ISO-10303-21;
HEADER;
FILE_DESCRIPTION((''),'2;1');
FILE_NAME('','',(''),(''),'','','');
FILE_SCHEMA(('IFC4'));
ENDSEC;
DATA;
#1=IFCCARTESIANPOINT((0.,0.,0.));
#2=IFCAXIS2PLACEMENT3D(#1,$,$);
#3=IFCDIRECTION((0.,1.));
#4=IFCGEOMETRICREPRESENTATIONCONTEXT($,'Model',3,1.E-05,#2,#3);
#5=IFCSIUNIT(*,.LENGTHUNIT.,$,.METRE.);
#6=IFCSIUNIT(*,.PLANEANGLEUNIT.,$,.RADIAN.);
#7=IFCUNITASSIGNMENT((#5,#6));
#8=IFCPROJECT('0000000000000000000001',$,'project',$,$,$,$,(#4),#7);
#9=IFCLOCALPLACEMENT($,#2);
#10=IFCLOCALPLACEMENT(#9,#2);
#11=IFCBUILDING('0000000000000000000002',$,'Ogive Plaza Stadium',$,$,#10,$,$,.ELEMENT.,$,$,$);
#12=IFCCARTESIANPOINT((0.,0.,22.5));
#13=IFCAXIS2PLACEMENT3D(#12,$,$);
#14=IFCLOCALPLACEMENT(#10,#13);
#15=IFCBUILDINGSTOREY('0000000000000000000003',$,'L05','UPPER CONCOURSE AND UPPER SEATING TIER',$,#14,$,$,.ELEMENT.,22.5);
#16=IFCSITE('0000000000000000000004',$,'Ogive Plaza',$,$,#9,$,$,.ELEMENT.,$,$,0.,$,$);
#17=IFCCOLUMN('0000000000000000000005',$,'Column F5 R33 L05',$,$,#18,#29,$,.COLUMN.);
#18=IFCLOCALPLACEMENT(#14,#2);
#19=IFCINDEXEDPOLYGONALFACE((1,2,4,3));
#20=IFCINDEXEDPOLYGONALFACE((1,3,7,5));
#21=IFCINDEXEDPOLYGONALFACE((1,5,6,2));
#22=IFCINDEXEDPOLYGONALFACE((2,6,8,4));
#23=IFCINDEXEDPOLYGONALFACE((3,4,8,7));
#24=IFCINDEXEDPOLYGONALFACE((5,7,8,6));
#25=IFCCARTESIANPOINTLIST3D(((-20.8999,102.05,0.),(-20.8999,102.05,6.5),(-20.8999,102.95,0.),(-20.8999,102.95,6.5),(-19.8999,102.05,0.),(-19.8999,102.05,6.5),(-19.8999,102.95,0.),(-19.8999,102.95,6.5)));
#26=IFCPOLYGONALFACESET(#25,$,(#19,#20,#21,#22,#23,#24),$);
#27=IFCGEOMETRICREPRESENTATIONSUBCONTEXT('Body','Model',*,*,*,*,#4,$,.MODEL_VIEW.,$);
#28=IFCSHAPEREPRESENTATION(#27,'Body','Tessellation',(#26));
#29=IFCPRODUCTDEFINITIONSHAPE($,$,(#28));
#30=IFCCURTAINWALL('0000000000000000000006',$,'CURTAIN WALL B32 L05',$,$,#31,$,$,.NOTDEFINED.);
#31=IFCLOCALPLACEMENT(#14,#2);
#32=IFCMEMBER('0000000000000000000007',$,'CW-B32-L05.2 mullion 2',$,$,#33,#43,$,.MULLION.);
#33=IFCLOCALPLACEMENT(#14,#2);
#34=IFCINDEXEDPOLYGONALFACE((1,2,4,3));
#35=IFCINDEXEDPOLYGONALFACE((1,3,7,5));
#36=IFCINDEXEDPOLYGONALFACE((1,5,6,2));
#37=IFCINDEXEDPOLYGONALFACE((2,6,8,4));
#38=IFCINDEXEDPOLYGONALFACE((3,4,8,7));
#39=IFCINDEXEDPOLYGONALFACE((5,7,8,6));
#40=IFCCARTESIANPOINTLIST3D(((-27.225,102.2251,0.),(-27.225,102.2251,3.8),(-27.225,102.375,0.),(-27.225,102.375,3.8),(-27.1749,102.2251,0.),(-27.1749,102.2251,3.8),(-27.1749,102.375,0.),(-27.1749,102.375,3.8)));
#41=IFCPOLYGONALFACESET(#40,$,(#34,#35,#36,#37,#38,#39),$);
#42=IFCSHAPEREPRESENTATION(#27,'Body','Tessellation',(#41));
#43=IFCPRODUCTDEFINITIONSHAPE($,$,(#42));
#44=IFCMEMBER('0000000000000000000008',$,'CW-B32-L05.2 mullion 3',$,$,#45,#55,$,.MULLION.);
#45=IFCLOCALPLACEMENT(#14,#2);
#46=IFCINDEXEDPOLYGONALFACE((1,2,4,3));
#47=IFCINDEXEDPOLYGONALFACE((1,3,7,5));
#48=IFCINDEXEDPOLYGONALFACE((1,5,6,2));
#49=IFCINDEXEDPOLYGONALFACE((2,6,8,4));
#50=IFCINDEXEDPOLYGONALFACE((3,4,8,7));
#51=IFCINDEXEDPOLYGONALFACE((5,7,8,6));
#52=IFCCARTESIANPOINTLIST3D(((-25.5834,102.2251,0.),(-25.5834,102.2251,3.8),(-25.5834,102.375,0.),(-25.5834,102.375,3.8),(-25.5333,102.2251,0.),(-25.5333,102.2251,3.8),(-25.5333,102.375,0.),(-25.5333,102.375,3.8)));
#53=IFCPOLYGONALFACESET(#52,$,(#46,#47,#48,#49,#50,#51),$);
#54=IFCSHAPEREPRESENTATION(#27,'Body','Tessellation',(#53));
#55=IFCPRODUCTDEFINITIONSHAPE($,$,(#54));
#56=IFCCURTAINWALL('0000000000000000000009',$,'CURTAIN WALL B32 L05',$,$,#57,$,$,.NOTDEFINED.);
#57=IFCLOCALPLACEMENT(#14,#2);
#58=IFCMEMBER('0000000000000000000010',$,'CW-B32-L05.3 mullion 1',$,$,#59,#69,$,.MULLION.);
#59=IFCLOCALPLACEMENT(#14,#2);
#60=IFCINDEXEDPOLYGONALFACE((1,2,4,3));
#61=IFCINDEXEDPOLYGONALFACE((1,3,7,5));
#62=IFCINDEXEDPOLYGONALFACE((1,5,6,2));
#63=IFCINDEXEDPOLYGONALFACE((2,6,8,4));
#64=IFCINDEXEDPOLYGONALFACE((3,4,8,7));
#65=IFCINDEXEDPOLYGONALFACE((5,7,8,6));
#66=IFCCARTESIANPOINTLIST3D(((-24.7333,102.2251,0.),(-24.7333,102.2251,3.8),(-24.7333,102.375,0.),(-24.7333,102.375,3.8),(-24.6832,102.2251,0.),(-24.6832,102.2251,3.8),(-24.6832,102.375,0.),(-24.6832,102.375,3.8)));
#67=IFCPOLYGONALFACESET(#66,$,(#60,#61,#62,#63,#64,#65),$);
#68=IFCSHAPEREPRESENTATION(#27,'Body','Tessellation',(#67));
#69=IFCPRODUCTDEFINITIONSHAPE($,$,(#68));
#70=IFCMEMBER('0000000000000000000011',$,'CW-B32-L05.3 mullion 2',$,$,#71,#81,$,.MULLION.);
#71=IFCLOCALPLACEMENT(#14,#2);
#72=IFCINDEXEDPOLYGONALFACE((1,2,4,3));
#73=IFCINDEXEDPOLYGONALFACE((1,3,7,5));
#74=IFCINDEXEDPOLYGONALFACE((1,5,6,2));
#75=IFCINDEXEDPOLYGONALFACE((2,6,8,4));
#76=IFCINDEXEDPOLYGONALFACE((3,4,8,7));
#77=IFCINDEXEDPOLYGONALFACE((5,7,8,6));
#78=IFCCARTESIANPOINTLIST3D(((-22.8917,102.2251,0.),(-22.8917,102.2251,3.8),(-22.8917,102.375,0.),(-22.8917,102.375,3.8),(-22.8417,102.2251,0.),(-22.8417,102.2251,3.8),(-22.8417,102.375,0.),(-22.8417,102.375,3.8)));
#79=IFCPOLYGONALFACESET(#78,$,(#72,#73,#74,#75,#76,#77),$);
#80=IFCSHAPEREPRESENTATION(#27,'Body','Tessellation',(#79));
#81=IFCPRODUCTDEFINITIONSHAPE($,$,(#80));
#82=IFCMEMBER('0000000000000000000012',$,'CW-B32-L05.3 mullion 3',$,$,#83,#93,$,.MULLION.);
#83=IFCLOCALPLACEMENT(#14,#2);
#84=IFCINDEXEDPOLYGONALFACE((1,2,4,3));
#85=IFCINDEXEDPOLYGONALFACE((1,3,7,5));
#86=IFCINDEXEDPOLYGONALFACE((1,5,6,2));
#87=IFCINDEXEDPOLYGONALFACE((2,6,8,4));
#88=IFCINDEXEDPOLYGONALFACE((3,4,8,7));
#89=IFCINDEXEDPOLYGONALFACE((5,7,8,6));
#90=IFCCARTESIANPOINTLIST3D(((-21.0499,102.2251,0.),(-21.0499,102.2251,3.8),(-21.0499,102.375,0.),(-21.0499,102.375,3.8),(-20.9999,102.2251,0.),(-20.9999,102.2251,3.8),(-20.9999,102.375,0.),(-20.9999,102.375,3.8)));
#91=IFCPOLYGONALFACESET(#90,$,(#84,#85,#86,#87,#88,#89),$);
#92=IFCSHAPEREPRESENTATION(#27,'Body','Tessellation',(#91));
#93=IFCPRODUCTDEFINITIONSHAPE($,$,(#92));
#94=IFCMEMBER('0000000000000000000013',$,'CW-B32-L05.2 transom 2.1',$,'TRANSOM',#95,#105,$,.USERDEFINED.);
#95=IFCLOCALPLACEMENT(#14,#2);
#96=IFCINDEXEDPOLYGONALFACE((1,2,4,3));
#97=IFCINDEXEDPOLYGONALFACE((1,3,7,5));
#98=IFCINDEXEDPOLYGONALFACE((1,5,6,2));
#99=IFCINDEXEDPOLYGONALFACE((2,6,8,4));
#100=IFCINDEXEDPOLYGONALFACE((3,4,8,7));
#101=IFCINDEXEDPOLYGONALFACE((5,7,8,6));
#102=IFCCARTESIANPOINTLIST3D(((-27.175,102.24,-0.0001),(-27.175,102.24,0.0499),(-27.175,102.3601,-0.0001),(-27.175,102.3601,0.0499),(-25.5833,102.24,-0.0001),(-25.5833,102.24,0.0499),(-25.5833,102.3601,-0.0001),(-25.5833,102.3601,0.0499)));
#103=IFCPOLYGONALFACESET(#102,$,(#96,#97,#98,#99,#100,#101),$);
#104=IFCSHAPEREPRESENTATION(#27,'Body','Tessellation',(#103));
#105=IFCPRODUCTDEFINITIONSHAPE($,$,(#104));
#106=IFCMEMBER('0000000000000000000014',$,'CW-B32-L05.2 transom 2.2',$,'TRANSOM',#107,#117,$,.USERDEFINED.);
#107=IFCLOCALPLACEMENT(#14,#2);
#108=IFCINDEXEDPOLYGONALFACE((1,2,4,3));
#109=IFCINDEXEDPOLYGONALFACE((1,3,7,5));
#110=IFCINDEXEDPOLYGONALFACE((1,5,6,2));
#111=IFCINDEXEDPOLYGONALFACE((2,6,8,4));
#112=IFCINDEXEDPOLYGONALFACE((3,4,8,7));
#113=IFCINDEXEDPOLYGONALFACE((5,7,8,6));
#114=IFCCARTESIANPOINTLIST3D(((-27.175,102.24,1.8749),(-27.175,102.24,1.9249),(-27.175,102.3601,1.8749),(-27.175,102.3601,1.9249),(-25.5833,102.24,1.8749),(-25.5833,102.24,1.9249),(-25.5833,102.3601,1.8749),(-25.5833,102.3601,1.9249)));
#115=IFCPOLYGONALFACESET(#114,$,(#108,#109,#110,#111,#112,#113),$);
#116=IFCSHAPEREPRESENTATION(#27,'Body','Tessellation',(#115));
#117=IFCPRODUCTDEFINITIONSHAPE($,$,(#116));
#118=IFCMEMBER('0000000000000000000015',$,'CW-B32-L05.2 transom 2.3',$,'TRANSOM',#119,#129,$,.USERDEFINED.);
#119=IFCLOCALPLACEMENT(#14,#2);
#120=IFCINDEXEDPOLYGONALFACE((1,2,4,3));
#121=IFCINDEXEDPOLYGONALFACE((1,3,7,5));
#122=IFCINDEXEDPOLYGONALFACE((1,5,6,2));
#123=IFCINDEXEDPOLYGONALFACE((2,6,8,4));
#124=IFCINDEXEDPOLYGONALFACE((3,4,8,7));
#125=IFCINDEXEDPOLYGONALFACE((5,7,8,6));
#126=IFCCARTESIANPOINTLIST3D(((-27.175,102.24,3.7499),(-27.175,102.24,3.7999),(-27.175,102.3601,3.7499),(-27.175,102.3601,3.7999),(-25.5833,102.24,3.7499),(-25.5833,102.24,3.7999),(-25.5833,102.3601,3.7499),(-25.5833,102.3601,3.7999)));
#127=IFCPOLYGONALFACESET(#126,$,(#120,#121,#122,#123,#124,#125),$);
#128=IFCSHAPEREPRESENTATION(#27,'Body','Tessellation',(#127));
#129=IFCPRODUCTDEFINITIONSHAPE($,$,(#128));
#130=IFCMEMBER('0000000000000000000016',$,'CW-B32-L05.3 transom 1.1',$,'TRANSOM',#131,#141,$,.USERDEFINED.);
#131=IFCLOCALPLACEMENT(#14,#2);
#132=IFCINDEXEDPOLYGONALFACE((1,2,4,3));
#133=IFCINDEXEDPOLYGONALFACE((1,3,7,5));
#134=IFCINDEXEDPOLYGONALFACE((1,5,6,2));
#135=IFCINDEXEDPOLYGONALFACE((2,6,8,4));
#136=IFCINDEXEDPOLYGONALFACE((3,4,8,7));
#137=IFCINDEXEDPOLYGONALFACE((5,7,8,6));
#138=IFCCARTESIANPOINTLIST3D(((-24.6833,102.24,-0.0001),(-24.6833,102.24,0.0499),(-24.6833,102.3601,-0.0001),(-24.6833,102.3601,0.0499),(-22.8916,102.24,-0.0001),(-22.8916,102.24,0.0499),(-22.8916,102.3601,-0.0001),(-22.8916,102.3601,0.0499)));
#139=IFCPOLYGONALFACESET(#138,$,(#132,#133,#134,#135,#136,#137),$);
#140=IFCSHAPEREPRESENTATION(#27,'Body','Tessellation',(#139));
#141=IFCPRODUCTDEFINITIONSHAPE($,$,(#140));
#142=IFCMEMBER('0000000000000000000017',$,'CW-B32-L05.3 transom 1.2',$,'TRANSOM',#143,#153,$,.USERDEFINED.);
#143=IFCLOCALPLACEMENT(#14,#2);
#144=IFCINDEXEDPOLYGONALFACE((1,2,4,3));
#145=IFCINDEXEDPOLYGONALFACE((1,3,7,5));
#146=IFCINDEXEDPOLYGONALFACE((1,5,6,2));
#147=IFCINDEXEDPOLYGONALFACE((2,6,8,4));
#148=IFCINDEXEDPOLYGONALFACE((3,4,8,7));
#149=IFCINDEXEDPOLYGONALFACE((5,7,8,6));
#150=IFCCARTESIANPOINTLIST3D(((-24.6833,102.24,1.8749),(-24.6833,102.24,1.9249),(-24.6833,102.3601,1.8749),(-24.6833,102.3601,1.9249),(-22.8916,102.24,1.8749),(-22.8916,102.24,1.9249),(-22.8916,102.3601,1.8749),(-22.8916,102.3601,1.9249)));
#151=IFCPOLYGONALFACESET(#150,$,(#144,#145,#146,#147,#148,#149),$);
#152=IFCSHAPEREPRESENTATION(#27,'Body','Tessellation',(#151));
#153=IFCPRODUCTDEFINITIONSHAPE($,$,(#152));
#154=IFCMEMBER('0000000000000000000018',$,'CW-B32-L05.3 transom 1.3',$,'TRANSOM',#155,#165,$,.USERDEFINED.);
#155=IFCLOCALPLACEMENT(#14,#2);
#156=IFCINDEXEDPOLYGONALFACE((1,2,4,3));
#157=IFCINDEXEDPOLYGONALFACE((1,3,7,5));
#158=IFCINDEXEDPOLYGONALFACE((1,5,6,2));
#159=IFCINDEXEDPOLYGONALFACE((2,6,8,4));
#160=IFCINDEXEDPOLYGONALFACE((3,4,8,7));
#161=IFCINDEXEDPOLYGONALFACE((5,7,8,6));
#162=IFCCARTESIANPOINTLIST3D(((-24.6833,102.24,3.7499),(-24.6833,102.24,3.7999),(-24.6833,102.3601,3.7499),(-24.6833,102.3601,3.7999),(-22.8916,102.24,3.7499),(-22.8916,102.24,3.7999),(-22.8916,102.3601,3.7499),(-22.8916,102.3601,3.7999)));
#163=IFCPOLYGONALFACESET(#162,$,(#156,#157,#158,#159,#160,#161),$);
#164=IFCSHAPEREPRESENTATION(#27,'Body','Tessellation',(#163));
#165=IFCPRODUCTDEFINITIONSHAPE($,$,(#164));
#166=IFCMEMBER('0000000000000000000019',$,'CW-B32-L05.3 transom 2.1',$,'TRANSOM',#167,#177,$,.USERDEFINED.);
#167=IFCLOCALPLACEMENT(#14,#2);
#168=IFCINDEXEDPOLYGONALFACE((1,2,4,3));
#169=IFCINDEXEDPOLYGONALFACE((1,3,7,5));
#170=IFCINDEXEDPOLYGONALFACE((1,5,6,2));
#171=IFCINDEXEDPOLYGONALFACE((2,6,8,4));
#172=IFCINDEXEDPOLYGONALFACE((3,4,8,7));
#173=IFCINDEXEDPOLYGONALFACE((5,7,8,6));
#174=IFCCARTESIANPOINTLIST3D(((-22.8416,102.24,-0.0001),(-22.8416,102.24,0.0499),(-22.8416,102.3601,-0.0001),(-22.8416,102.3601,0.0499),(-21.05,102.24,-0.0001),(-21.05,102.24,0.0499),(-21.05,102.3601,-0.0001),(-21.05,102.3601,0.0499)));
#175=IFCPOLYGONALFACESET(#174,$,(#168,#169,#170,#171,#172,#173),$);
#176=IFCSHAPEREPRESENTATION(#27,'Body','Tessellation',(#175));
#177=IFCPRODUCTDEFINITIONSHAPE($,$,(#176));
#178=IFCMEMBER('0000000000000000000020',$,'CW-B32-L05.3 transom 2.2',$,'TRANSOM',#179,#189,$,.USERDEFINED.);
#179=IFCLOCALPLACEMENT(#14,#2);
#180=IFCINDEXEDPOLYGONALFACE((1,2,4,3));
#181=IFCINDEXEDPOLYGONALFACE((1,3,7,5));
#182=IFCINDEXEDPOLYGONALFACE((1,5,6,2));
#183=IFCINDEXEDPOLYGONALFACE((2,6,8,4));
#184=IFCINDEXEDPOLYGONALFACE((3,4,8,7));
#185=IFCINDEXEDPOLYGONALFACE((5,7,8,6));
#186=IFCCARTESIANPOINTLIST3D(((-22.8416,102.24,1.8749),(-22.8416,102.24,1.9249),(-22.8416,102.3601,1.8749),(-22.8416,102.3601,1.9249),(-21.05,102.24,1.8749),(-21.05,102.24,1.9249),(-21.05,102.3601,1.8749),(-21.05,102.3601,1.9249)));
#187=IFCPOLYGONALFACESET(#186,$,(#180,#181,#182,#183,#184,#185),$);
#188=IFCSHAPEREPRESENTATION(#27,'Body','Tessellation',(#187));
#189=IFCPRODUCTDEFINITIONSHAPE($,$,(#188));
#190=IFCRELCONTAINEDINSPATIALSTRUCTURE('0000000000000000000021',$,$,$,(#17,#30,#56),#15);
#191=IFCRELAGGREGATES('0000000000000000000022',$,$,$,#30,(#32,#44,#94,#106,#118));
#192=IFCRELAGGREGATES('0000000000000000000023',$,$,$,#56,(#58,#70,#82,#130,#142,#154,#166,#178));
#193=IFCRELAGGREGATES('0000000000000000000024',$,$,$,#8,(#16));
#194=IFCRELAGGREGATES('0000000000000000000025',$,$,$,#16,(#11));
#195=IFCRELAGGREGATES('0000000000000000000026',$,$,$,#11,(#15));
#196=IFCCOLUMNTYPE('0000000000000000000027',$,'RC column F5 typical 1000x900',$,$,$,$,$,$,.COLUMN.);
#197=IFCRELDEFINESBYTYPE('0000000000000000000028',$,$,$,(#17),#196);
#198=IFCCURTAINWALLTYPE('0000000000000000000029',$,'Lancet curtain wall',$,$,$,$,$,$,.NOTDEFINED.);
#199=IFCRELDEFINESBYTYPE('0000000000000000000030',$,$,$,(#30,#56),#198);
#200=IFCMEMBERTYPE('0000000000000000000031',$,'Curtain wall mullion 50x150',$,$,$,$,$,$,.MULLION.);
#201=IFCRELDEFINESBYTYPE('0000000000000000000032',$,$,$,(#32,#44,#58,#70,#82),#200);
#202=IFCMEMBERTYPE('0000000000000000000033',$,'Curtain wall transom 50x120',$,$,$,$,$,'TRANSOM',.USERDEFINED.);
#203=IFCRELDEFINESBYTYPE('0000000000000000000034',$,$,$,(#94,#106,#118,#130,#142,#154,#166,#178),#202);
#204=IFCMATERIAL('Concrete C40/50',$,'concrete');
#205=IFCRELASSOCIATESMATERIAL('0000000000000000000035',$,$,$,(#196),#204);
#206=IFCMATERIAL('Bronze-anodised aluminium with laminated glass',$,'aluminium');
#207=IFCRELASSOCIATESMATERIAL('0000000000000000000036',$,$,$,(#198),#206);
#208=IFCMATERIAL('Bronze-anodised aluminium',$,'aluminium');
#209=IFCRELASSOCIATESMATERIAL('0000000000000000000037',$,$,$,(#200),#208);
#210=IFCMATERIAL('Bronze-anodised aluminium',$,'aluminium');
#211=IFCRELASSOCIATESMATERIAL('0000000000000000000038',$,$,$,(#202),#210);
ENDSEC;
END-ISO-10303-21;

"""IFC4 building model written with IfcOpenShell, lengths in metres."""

from ifc_helpers import new_model, si_unit, direction, frame, origin, origin_2d, place, context, subcontext, project, spatial, rectangle, extrude, material, material_profile, profile_set, type_object, element, aggregate, save


model = new_model("IFC4")

# Units and contexts
model_context = context("Model", 3, precision=1e-05, world=origin(), true_north=direction((0.0, 1.0)))
body_context = subcontext(model_context, "Body", "Model", "MODEL_VIEW")
ifc_project = project(units=[si_unit("LENGTHUNIT", "METRE"), si_unit("PLANEANGLEUNIT", "RADIAN")], contexts=[model_context])

# Site, building, storey
site_placement = place(None, origin())
site = spatial("IfcSite", under=ifc_project, at=site_placement, Name="Ogive Plaza", CompositionType="ELEMENT", RefElevation=0.0)
building_placement = place(site_placement, origin())
building = spatial("IfcBuilding", under=site, at=building_placement, Name="Ogive Plaza Stadium", CompositionType="ELEMENT")
storey_placement = place(building_placement, frame((0.0, 0.0, 22.5)))
storey = spatial("IfcBuildingStorey", under=building, at=storey_placement, Name="L05", Description="UPPER CONCOURSE AND UPPER SEATING TIER", CompositionType="ELEMENT", Elevation=22.5)

# Column
ifc_material_1 = material(Name="Concrete C40/50", Category="concrete")
ifc_material_profile_1 = material_profile(ifc_material_1, rectangle(XDim=1.0, YDim=0.8999, at=origin_2d()), Name="RC 1000x900")
ifc_profile_set_1 = profile_set([ifc_material_profile_1], Name="Concrete C40/50")
column_type = type_object("IfcColumnType", Name="RC column F5 typical 1000x900", PredefinedType="COLUMN", material=ifc_profile_set_1)
column_placement = place(storey_placement, frame((-20.3999, 102.5, 0.0), z_axis=(0.0, 0.0, 1.0), x_axis=(-1.0, 0.0, 0.0)))
element("IfcColumn", 1, at=column_placement, inside=storey, type_object=column_type, Name="Column F5 R33 L05", PredefinedType="COLUMN", context=body_context, shape_type="SweptSolid", body=[
    extrude(rectangle(XDim=1.0, YDim=0.8999, at=origin_2d()), origin(), (0.0, 0.0, 1.0), 6.5),
])

# Curtain walls, members
ifc_material_2 = material(Name="Bronze-anodised aluminium with laminated glass", Category="aluminium")
curtain_wall_type = type_object("IfcCurtainWallType", Name="Lancet curtain wall", PredefinedType="NOTDEFINED", material=ifc_material_2)
curtain_wall_1_placement = place(storey_placement, origin())
curtain_wall_1 = element("IfcCurtainWall", 2, at=curtain_wall_1_placement, inside=storey, type_object=curtain_wall_type, Name="CURTAIN WALL B32 L05", PredefinedType="NOTDEFINED")
ifc_material_3 = material(Name="Bronze-anodised aluminium", Category="aluminium")
ifc_material_profile_2 = material_profile(ifc_material_3, rectangle(XDim=0.1499, YDim=0.05, at=origin_2d()), Name="AL 150x50")
ifc_profile_set_2 = profile_set([ifc_material_profile_2], Name="Bronze-anodised aluminium")
member_type_1 = type_object("IfcMemberType", Name="Curtain wall mullion 50x150", PredefinedType="MULLION", material=ifc_profile_set_2)
member_1_placement = place(storey_placement, frame((-27.2, 102.3, 0.0), z_axis=(0.0, 0.0, 1.0), x_axis=(0.0, 1.0, 0.0)))
member_1 = element("IfcMember", 3, at=member_1_placement, type_object=member_type_1, Name="CW-B32-L05.2 mullion 2", PredefinedType="MULLION", context=body_context, shape_type="SweptSolid", body=[
    extrude(rectangle(XDim=0.1499, YDim=0.05, at=origin_2d()), origin(), (0.0, 0.0, 1.0), 3.8),
])
member_2_placement = place(storey_placement, frame((-25.5583, 102.3, 0.0), z_axis=(0.0, 0.0, 1.0), x_axis=(0.0, 1.0, 0.0)))
member_2 = element("IfcMember", 4, at=member_2_placement, type_object=member_type_1, Name="CW-B32-L05.2 mullion 3", PredefinedType="MULLION", context=body_context, shape_type="SweptSolid", body=[
    extrude(rectangle(XDim=0.1499, YDim=0.05, at=origin_2d()), origin(), (0.0, 0.0, 1.0), 3.8),
])
curtain_wall_2_placement = place(storey_placement, origin())
curtain_wall_2 = element("IfcCurtainWall", 5, at=curtain_wall_2_placement, inside=storey, type_object=curtain_wall_type, Name="CURTAIN WALL B32 L05", PredefinedType="NOTDEFINED")
member_3_placement = place(storey_placement, frame((-24.7083, 102.3, 0.0), z_axis=(0.0, 0.0, 1.0), x_axis=(0.0, 1.0, 0.0)))
member_3 = element("IfcMember", 6, at=member_3_placement, type_object=member_type_1, Name="CW-B32-L05.3 mullion 1", PredefinedType="MULLION", context=body_context, shape_type="SweptSolid", body=[
    extrude(rectangle(XDim=0.1499, YDim=0.05, at=origin_2d()), origin(), (0.0, 0.0, 1.0), 3.8),
])
member_4_placement = place(storey_placement, frame((-22.8667, 102.3, 0.0), z_axis=(0.0, 0.0, 1.0), x_axis=(0.0, 1.0, 0.0)))
member_4 = element("IfcMember", 7, at=member_4_placement, type_object=member_type_1, Name="CW-B32-L05.3 mullion 2", PredefinedType="MULLION", context=body_context, shape_type="SweptSolid", body=[
    extrude(rectangle(XDim=0.1499, YDim=0.05, at=origin_2d()), origin(), (0.0, 0.0, 1.0), 3.8),
])
member_5_placement = place(storey_placement, frame((-21.0249, 102.3, 0.0), z_axis=(0.0, 0.0, 1.0), x_axis=(0.0, 1.0, 0.0)))
member_5 = element("IfcMember", 8, at=member_5_placement, type_object=member_type_1, Name="CW-B32-L05.3 mullion 3", PredefinedType="MULLION", context=body_context, shape_type="SweptSolid", body=[
    extrude(rectangle(XDim=0.1499, YDim=0.05, at=origin_2d()), origin(), (0.0, 0.0, 1.0), 3.8),
])

# Members
ifc_material_4 = material(Name="Bronze-anodised aluminium", Category="aluminium")
ifc_material_profile_3 = material_profile(ifc_material_4, rectangle(XDim=0.1201, YDim=0.05, at=origin_2d()), Name="AL 120x50")
ifc_profile_set_3 = profile_set([ifc_material_profile_3], Name="Bronze-anodised aluminium")
member_type_2 = type_object("IfcMemberType", Name="Curtain wall transom 50x120", ElementType="TRANSOM", PredefinedType="USERDEFINED", material=ifc_profile_set_3)
member_6_placement = place(storey_placement, frame((-27.175, 102.3, 0.0249), z_axis=(1.0, 0.0, 0.0), x_axis=(0.0, 1.0, 0.0)))
member_6 = element("IfcMember", 9, at=member_6_placement, type_object=member_type_2, Name="CW-B32-L05.2 transom 2.1", ObjectType="TRANSOM", PredefinedType="USERDEFINED", context=body_context, shape_type="SweptSolid", body=[
    extrude(rectangle(XDim=0.1201, YDim=0.05, at=origin_2d()), origin(), (0.0, 0.0, 1.0), 1.5918),
])
member_7_placement = place(storey_placement, frame((-27.175, 102.3, 1.8999), z_axis=(1.0, 0.0, 0.0), x_axis=(0.0, 1.0, 0.0)))
member_7 = element("IfcMember", 10, at=member_7_placement, type_object=member_type_2, Name="CW-B32-L05.2 transom 2.2", ObjectType="TRANSOM", PredefinedType="USERDEFINED", context=body_context, shape_type="SweptSolid", body=[
    extrude(rectangle(XDim=0.1201, YDim=0.05, at=origin_2d()), origin(), (0.0, 0.0, 1.0), 1.5918),
])
member_8_placement = place(storey_placement, frame((-27.175, 102.3, 3.7749), z_axis=(1.0, 0.0, 0.0), x_axis=(0.0, 1.0, 0.0)))
member_8 = element("IfcMember", 11, at=member_8_placement, type_object=member_type_2, Name="CW-B32-L05.2 transom 2.3", ObjectType="TRANSOM", PredefinedType="USERDEFINED", context=body_context, shape_type="SweptSolid", body=[
    extrude(rectangle(XDim=0.1201, YDim=0.05, at=origin_2d()), origin(), (0.0, 0.0, 1.0), 1.5918),
])
member_9_placement = place(storey_placement, frame((-24.6833, 102.3, 0.0249), z_axis=(1.0, 0.0, 0.0), x_axis=(0.0, 1.0, 0.0)))
member_9 = element("IfcMember", 12, at=member_9_placement, type_object=member_type_2, Name="CW-B32-L05.3 transom 1.1", ObjectType="TRANSOM", PredefinedType="USERDEFINED", context=body_context, shape_type="SweptSolid", body=[
    extrude(rectangle(XDim=0.1201, YDim=0.05, at=origin_2d()), origin(), (0.0, 0.0, 1.0), 1.7917),
])
member_10_placement = place(storey_placement, frame((-24.6833, 102.3, 1.8999), z_axis=(1.0, 0.0, 0.0), x_axis=(0.0, 1.0, 0.0)))
member_10 = element("IfcMember", 13, at=member_10_placement, type_object=member_type_2, Name="CW-B32-L05.3 transom 1.2", ObjectType="TRANSOM", PredefinedType="USERDEFINED", context=body_context, shape_type="SweptSolid", body=[
    extrude(rectangle(XDim=0.1201, YDim=0.05, at=origin_2d()), origin(), (0.0, 0.0, 1.0), 1.7917),
])
member_11_placement = place(storey_placement, frame((-24.6833, 102.3, 3.7749), z_axis=(1.0, 0.0, 0.0), x_axis=(0.0, 1.0, 0.0)))
member_11 = element("IfcMember", 14, at=member_11_placement, type_object=member_type_2, Name="CW-B32-L05.3 transom 1.3", ObjectType="TRANSOM", PredefinedType="USERDEFINED", context=body_context, shape_type="SweptSolid", body=[
    extrude(rectangle(XDim=0.1201, YDim=0.05, at=origin_2d()), origin(), (0.0, 0.0, 1.0), 1.7917),
])
member_12_placement = place(storey_placement, frame((-22.8416, 102.3, 0.0249), z_axis=(1.0, 0.0, 0.0), x_axis=(0.0, 1.0, 0.0)))
member_12 = element("IfcMember", 15, at=member_12_placement, type_object=member_type_2, Name="CW-B32-L05.3 transom 2.1", ObjectType="TRANSOM", PredefinedType="USERDEFINED", context=body_context, shape_type="SweptSolid", body=[
    extrude(rectangle(XDim=0.1201, YDim=0.05, at=origin_2d()), origin(), (0.0, 0.0, 1.0), 1.7915),
])
member_13_placement = place(storey_placement, frame((-22.8416, 102.3, 1.8999), z_axis=(1.0, 0.0, 0.0), x_axis=(0.0, 1.0, 0.0)))
member_13 = element("IfcMember", 16, at=member_13_placement, type_object=member_type_2, Name="CW-B32-L05.3 transom 2.2", ObjectType="TRANSOM", PredefinedType="USERDEFINED", context=body_context, shape_type="SweptSolid", body=[
    extrude(rectangle(XDim=0.1201, YDim=0.05, at=origin_2d()), origin(), (0.0, 0.0, 1.0), 1.7915),
])

aggregate(curtain_wall_1, [member_1, member_2, member_6, member_7, member_8])
aggregate(curtain_wall_2, [member_3, member_4, member_5, member_9, member_10, member_11, member_12, member_13])

save(model, "model.ifc")
